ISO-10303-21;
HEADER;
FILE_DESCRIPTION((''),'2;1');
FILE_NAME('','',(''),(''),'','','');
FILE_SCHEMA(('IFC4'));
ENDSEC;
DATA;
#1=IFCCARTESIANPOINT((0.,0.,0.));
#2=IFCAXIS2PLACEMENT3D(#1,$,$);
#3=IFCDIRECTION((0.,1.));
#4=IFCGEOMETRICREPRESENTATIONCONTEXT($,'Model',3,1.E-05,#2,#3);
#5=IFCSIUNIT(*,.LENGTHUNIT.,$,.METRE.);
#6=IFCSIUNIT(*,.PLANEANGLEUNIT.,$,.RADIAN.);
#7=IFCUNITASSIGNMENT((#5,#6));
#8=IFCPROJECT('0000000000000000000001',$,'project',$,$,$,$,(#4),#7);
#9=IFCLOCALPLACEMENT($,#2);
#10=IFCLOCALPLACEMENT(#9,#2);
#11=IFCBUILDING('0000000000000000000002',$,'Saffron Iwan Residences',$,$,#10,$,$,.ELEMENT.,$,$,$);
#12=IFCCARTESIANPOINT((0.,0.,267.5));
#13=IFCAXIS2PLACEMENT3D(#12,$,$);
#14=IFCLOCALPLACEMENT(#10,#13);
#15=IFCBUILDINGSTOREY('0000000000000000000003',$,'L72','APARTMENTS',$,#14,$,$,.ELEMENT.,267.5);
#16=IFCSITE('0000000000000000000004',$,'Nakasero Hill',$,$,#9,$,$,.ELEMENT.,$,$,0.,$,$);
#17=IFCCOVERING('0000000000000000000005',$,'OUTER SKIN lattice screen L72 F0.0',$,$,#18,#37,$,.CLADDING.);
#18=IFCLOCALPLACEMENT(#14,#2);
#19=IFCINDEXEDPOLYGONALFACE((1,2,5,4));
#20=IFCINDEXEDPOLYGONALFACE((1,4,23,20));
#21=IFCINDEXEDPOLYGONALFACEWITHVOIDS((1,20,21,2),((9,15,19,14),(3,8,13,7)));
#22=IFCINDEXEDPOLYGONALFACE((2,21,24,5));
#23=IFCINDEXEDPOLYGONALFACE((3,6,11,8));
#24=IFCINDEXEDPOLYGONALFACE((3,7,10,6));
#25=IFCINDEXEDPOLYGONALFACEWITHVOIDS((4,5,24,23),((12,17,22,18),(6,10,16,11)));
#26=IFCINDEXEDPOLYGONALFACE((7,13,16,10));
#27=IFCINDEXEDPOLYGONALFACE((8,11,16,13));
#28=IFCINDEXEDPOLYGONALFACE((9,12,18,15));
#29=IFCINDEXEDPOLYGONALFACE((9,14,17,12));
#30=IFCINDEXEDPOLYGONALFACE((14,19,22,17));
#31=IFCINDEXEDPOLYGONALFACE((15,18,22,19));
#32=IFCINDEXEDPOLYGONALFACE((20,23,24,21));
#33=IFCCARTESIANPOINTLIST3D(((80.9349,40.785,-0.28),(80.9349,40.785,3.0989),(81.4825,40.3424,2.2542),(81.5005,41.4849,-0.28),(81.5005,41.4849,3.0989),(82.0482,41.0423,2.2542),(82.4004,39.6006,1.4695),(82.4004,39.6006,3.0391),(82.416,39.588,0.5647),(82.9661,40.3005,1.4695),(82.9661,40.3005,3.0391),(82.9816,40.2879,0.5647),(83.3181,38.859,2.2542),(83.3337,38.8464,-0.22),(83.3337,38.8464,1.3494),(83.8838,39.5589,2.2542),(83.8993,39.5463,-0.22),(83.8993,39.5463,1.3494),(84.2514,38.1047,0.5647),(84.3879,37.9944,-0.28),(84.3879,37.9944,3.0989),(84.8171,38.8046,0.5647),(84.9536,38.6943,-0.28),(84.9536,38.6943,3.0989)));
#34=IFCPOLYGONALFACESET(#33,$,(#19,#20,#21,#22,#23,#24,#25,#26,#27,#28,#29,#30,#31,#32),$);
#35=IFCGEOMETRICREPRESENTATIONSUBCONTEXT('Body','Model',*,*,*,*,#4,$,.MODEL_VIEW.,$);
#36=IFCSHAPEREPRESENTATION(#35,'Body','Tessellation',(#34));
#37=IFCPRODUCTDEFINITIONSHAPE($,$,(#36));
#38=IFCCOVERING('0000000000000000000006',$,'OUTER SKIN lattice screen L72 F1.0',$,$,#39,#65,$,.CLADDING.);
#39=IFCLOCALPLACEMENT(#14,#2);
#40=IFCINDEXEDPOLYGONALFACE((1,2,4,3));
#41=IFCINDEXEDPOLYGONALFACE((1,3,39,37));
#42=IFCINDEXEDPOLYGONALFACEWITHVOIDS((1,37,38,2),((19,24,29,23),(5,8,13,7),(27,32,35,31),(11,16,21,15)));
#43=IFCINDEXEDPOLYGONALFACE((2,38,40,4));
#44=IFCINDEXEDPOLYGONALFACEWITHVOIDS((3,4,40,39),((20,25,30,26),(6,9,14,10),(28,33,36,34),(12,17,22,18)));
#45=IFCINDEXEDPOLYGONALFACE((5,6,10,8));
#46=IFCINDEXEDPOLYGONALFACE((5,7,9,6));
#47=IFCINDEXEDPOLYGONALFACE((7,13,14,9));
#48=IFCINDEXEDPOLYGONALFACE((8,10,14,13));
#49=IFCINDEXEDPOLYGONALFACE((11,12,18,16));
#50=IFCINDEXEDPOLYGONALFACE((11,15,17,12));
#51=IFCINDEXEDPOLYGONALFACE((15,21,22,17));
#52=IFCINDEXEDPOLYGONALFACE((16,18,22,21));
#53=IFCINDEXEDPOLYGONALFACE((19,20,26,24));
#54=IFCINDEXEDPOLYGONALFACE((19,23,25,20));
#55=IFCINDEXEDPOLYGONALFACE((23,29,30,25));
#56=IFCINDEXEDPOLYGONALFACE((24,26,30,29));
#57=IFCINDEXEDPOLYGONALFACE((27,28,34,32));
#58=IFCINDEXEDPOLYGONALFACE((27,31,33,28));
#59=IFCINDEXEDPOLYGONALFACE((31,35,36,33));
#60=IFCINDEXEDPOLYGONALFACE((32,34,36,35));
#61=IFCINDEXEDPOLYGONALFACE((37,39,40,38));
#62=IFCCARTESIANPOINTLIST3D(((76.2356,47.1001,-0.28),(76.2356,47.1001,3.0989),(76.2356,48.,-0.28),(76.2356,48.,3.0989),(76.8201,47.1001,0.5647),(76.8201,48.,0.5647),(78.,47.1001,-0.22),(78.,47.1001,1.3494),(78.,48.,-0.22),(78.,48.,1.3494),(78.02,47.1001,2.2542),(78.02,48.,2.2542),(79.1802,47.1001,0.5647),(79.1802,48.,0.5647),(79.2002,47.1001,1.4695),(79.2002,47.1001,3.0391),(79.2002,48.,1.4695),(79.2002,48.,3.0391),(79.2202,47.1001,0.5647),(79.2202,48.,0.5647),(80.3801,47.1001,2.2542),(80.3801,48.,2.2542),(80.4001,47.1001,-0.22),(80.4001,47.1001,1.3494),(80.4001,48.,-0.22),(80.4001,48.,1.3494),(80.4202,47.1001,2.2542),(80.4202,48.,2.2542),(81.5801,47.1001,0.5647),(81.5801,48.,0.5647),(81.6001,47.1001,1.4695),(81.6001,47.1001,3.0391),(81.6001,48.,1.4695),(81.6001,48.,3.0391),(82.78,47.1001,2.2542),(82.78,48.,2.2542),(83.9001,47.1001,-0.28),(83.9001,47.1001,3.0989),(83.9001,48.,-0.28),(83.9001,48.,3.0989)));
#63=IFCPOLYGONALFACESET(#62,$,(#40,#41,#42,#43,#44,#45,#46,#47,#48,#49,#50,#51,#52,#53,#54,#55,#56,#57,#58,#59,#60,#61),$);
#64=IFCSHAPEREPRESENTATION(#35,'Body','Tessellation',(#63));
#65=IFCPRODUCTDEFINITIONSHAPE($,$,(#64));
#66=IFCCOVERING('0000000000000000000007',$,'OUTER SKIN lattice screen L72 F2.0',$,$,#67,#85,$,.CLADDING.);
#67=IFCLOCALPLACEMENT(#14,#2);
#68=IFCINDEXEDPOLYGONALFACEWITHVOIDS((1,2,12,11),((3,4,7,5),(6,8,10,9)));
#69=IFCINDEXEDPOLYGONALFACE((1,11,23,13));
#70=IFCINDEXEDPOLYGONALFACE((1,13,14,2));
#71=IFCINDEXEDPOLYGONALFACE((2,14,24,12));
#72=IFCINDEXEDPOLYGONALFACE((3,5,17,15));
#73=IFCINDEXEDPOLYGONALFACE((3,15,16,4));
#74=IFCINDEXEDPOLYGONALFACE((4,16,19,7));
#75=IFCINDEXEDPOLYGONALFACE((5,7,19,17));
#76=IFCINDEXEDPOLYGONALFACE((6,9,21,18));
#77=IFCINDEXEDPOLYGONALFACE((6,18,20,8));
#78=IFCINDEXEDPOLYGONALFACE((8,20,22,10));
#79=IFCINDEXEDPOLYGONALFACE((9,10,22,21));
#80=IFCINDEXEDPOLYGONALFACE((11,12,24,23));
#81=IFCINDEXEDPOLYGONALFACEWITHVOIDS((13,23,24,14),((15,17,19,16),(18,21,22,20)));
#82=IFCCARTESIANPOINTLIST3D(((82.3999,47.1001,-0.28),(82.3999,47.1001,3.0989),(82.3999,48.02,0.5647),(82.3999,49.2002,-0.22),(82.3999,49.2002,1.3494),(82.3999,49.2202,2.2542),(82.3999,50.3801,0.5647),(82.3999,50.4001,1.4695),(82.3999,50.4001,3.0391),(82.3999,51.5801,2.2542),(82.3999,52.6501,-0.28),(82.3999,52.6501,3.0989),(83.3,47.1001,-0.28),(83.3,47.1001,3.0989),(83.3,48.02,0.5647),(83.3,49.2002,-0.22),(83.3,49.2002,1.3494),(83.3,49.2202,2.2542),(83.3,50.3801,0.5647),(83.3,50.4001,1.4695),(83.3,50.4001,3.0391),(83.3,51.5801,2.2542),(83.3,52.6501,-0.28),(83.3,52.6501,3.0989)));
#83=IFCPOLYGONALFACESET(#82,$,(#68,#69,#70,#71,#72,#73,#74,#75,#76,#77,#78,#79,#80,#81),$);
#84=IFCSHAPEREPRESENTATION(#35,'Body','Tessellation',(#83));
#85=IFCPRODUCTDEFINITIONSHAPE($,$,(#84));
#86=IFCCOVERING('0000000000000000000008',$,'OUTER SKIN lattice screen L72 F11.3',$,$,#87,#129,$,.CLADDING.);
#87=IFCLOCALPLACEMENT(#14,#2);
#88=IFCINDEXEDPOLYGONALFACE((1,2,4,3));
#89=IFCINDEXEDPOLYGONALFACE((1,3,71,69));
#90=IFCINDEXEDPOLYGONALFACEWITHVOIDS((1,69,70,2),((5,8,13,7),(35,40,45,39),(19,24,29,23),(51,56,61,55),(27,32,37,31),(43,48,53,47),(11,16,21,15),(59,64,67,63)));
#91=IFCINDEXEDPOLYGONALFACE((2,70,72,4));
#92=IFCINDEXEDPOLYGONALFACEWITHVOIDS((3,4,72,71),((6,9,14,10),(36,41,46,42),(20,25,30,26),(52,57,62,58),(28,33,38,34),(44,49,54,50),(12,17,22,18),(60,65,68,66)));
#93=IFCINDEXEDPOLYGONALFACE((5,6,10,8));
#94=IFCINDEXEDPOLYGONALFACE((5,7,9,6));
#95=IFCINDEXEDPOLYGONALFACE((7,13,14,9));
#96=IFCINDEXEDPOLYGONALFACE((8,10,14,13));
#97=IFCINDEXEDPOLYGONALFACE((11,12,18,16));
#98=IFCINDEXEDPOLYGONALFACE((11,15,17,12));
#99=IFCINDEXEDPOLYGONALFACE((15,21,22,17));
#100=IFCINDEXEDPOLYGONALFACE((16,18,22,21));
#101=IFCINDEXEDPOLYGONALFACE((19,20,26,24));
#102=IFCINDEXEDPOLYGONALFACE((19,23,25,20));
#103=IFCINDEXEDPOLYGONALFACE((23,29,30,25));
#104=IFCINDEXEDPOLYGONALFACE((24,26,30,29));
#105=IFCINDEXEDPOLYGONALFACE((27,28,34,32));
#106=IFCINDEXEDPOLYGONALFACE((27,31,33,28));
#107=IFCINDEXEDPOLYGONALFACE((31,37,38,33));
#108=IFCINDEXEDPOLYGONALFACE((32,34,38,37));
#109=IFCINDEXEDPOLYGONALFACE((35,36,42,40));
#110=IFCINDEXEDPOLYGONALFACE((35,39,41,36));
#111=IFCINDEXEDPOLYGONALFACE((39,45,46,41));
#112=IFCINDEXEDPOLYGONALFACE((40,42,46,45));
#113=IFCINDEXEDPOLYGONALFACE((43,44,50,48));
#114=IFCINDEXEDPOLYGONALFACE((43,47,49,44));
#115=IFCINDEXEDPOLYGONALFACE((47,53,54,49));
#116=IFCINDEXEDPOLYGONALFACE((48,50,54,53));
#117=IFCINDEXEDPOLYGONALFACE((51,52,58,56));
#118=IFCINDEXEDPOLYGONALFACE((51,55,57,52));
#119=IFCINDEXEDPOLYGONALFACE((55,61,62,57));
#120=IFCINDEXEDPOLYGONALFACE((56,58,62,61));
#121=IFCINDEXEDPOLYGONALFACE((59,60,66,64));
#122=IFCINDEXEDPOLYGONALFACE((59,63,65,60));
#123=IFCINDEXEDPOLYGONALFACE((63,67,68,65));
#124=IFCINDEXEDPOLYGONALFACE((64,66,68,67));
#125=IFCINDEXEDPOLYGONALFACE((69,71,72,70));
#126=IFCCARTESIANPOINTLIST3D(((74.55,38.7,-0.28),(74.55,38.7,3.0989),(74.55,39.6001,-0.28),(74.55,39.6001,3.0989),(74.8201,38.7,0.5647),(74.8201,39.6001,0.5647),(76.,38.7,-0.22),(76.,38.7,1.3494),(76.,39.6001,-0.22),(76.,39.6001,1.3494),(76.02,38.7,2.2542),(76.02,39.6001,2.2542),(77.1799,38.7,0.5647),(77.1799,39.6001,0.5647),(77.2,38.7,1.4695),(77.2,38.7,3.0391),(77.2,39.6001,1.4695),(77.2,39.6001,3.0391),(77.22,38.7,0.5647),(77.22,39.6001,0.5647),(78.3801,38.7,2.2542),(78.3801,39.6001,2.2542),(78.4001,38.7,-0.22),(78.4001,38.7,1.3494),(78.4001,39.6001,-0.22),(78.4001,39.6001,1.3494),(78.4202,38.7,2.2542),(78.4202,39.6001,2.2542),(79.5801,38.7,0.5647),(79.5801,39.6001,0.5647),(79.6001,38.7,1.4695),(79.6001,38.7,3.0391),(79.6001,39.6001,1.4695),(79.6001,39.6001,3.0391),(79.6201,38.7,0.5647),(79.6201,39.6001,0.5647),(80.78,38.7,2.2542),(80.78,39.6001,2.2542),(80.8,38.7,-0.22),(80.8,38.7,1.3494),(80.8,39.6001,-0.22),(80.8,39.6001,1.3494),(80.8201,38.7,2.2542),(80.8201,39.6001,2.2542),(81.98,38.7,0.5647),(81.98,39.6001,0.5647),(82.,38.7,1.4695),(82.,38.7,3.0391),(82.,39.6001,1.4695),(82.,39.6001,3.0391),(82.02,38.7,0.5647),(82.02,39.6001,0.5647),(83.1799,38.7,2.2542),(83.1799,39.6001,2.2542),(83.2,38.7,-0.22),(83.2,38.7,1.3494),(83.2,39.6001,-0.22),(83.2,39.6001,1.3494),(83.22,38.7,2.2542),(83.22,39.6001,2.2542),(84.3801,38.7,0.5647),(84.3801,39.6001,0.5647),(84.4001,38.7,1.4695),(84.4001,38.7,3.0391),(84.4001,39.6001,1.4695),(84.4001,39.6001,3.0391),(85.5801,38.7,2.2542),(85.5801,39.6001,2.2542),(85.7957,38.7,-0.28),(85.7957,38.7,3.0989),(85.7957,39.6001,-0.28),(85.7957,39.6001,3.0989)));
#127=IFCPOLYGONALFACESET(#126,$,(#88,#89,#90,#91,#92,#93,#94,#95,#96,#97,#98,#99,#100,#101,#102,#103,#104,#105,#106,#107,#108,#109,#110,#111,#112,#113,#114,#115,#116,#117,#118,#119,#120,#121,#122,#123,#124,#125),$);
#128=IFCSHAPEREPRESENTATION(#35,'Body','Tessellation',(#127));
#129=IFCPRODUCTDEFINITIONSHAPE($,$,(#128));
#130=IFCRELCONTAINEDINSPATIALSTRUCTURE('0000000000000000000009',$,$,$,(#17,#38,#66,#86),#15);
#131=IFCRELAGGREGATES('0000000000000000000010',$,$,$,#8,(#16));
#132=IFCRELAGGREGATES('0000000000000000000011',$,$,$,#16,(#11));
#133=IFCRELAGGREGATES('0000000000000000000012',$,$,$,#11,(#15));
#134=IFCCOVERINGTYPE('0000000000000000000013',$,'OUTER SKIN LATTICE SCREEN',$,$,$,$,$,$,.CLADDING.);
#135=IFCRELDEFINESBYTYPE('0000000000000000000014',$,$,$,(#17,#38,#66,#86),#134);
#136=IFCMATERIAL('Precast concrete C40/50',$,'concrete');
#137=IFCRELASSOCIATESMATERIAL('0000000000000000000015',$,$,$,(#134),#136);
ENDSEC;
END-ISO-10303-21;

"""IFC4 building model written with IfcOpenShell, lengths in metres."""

from ifc_helpers import new_model, si_unit, direction, frame, origin, place, context, subcontext, project, spatial, polyline, outline, extrude, material, type_object, element, save


model = new_model("IFC4")

# Units and contexts
model_context = context("Model", 3, precision=1e-05, world=origin(), true_north=direction((0.0, 1.0)))
body_context = subcontext(model_context, "Body", "Model", "MODEL_VIEW")
ifc_project = project(units=[si_unit("LENGTHUNIT", "METRE"), si_unit("PLANEANGLEUNIT", "RADIAN")], contexts=[model_context])

# Site, building, storey
site_placement = place(None, origin())
site = spatial("IfcSite", under=ifc_project, at=site_placement, Name="Nakasero Hill", CompositionType="ELEMENT", RefElevation=0.0)
building_placement = place(site_placement, origin())
building = spatial("IfcBuilding", under=site, at=building_placement, Name="Saffron Iwan Residences", CompositionType="ELEMENT")
storey_placement = place(building_placement, frame((0.0, 0.0, 267.5)))
storey = spatial("IfcBuildingStorey", under=building, at=storey_placement, Name="L72", Description="APARTMENTS", CompositionType="ELEMENT", Elevation=267.5)

# Coverings
ifc_material_1 = material(Name="Precast concrete C40/50", Category="concrete")
covering_type = type_object("IfcCoveringType", Name="OUTER SKIN LATTICE SCREEN", PredefinedType="CLADDING", material=ifc_material_1)
covering_1_placement = place(storey_placement, frame((84.3879, 37.9944, -0.28), z_axis=(0.628558, 0.777763, 0.0), x_axis=(-0.777763, 0.628558, 0.0)))
element("IfcCovering", 1, at=covering_1_placement, inside=storey, type_object=covering_type, Name="OUTER SKIN lattice screen L72 F0.0", PredefinedType="CLADDING", context=body_context, shape_type="SweptSolid", body=[
    extrude(outline(polyline([(0.0, 0.0), (4.4397, 0.0), (4.4397, 3.3789), (0.0, 3.3789), (0.0, 0.0)]), holes=[polyline([(0.1755, 0.8447), (1.3555, 0.0601), (2.5354, 0.8447), (1.3555, 1.6294), (0.1755, 0.8447)]), polyline([(1.3755, 2.5342), (2.5554, 1.7495), (3.7356, 2.5342), (2.5554, 3.3191), (1.3755, 2.5342)])]), origin(), (0.0, 0.0, 1.0), 0.8999),
])
covering_2_placement = place(storey_placement, frame((76.2356, 48.0, -0.28), z_axis=(0.0, -1.0, 0.0), x_axis=(1.0, 0.0, 0.0)))
element("IfcCovering", 2, at=covering_2_placement, inside=storey, type_object=covering_type, Name="OUTER SKIN lattice screen L72 F1.0", PredefinedType="CLADDING", context=body_context, shape_type="SweptSolid", body=[
    extrude(outline(polyline([(0.0, 0.0), (7.6646, 0.0), (7.6646, 3.3789), (0.0, 3.3789), (0.0, 0.0)]), holes=[polyline([(0.5845, 0.8447), (1.7644, 0.0601), (2.9446, 0.8447), (1.7644, 1.6294), (0.5845, 0.8447)]), polyline([(2.9846, 0.8447), (4.1646, 0.0601), (5.3445, 0.8447), (4.1646, 1.6294), (2.9846, 0.8447)]), polyline([(1.7844, 2.5342), (2.9646, 1.7495), (4.1445, 2.5342), (2.9646, 3.3191), (1.7844, 2.5342)]), polyline([(4.1846, 2.5342), (5.3645, 1.7495), (6.5444, 2.5342), (5.3645, 3.3191), (4.1846, 2.5342)])]), origin(), (0.0, 0.0, 1.0), 0.8999),
])
covering_3_placement = place(storey_placement, frame((82.3999, 47.1001, -0.28), z_axis=(1.0, 0.0, 0.0), x_axis=(0.0, 1.0, 0.0)))
element("IfcCovering", 3, at=covering_3_placement, inside=storey, type_object=covering_type, Name="OUTER SKIN lattice screen L72 F2.0", PredefinedType="CLADDING", context=body_context, shape_type="SweptSolid", body=[
    extrude(outline(polyline([(0.0, 0.0), (5.55, 0.0), (5.55, 3.3789), (0.0, 3.3789), (0.0, 0.0)]), holes=[polyline([(0.9199, 0.8447), (2.1001, 0.0601), (3.28, 0.8447), (2.1001, 1.6294), (0.9199, 0.8447)]), polyline([(2.1201, 2.5342), (3.3, 1.7495), (4.48, 2.5342), (3.3, 3.3191), (2.1201, 2.5342)])]), origin(), (0.0, 0.0, 1.0), 0.9001),
])
covering_4_placement = place(storey_placement, frame((74.55, 39.6001, -0.28), z_axis=(0.0, -1.0, 0.0), x_axis=(1.0, 0.0, 0.0)))
element("IfcCovering", 4, at=covering_4_placement, inside=storey, type_object=covering_type, Name="OUTER SKIN lattice screen L72 F11.3", PredefinedType="CLADDING", context=body_context, shape_type="SweptSolid", body=[
    extrude(outline(polyline([(0.0, 0.0), (11.2456, 0.0), (11.2456, 3.3789), (0.0, 3.3789), (0.0, 0.0)]), holes=[polyline([(0.27, 0.8447), (1.45, 0.0601), (2.6299, 0.8447), (1.45, 1.6294), (0.27, 0.8447)]), polyline([(2.6699, 0.8447), (3.8501, 0.0601), (5.03, 0.8447), (3.8501, 1.6294), (2.6699, 0.8447)]), polyline([(5.0701, 0.8447), (6.25, 0.0601), (7.4299, 0.8447), (6.25, 1.6294), (5.0701, 0.8447)]), polyline([(7.47, 0.8447), (8.6499, 0.0601), (9.8301, 0.8447), (8.6499, 1.6294), (7.47, 0.8447)]), polyline([(1.47, 2.5342), (2.6499, 1.7495), (3.8301, 2.5342), (2.6499, 3.3191), (1.47, 2.5342)]), polyline([(3.8701, 2.5342), (5.05, 1.7495), (6.23, 2.5342), (5.05, 3.3191), (3.8701, 2.5342)]), polyline([(6.27, 2.5342), (7.45, 1.7495), (8.6299, 2.5342), (7.45, 3.3191), (6.27, 2.5342)]), polyline([(8.6699, 2.5342), (9.8501, 1.7495), (11.03, 2.5342), (9.8501, 3.3191), (8.6699, 2.5342)])]), origin(), (0.0, 0.0, 1.0), 0.9001),
])

save(model, "model.ifc")
